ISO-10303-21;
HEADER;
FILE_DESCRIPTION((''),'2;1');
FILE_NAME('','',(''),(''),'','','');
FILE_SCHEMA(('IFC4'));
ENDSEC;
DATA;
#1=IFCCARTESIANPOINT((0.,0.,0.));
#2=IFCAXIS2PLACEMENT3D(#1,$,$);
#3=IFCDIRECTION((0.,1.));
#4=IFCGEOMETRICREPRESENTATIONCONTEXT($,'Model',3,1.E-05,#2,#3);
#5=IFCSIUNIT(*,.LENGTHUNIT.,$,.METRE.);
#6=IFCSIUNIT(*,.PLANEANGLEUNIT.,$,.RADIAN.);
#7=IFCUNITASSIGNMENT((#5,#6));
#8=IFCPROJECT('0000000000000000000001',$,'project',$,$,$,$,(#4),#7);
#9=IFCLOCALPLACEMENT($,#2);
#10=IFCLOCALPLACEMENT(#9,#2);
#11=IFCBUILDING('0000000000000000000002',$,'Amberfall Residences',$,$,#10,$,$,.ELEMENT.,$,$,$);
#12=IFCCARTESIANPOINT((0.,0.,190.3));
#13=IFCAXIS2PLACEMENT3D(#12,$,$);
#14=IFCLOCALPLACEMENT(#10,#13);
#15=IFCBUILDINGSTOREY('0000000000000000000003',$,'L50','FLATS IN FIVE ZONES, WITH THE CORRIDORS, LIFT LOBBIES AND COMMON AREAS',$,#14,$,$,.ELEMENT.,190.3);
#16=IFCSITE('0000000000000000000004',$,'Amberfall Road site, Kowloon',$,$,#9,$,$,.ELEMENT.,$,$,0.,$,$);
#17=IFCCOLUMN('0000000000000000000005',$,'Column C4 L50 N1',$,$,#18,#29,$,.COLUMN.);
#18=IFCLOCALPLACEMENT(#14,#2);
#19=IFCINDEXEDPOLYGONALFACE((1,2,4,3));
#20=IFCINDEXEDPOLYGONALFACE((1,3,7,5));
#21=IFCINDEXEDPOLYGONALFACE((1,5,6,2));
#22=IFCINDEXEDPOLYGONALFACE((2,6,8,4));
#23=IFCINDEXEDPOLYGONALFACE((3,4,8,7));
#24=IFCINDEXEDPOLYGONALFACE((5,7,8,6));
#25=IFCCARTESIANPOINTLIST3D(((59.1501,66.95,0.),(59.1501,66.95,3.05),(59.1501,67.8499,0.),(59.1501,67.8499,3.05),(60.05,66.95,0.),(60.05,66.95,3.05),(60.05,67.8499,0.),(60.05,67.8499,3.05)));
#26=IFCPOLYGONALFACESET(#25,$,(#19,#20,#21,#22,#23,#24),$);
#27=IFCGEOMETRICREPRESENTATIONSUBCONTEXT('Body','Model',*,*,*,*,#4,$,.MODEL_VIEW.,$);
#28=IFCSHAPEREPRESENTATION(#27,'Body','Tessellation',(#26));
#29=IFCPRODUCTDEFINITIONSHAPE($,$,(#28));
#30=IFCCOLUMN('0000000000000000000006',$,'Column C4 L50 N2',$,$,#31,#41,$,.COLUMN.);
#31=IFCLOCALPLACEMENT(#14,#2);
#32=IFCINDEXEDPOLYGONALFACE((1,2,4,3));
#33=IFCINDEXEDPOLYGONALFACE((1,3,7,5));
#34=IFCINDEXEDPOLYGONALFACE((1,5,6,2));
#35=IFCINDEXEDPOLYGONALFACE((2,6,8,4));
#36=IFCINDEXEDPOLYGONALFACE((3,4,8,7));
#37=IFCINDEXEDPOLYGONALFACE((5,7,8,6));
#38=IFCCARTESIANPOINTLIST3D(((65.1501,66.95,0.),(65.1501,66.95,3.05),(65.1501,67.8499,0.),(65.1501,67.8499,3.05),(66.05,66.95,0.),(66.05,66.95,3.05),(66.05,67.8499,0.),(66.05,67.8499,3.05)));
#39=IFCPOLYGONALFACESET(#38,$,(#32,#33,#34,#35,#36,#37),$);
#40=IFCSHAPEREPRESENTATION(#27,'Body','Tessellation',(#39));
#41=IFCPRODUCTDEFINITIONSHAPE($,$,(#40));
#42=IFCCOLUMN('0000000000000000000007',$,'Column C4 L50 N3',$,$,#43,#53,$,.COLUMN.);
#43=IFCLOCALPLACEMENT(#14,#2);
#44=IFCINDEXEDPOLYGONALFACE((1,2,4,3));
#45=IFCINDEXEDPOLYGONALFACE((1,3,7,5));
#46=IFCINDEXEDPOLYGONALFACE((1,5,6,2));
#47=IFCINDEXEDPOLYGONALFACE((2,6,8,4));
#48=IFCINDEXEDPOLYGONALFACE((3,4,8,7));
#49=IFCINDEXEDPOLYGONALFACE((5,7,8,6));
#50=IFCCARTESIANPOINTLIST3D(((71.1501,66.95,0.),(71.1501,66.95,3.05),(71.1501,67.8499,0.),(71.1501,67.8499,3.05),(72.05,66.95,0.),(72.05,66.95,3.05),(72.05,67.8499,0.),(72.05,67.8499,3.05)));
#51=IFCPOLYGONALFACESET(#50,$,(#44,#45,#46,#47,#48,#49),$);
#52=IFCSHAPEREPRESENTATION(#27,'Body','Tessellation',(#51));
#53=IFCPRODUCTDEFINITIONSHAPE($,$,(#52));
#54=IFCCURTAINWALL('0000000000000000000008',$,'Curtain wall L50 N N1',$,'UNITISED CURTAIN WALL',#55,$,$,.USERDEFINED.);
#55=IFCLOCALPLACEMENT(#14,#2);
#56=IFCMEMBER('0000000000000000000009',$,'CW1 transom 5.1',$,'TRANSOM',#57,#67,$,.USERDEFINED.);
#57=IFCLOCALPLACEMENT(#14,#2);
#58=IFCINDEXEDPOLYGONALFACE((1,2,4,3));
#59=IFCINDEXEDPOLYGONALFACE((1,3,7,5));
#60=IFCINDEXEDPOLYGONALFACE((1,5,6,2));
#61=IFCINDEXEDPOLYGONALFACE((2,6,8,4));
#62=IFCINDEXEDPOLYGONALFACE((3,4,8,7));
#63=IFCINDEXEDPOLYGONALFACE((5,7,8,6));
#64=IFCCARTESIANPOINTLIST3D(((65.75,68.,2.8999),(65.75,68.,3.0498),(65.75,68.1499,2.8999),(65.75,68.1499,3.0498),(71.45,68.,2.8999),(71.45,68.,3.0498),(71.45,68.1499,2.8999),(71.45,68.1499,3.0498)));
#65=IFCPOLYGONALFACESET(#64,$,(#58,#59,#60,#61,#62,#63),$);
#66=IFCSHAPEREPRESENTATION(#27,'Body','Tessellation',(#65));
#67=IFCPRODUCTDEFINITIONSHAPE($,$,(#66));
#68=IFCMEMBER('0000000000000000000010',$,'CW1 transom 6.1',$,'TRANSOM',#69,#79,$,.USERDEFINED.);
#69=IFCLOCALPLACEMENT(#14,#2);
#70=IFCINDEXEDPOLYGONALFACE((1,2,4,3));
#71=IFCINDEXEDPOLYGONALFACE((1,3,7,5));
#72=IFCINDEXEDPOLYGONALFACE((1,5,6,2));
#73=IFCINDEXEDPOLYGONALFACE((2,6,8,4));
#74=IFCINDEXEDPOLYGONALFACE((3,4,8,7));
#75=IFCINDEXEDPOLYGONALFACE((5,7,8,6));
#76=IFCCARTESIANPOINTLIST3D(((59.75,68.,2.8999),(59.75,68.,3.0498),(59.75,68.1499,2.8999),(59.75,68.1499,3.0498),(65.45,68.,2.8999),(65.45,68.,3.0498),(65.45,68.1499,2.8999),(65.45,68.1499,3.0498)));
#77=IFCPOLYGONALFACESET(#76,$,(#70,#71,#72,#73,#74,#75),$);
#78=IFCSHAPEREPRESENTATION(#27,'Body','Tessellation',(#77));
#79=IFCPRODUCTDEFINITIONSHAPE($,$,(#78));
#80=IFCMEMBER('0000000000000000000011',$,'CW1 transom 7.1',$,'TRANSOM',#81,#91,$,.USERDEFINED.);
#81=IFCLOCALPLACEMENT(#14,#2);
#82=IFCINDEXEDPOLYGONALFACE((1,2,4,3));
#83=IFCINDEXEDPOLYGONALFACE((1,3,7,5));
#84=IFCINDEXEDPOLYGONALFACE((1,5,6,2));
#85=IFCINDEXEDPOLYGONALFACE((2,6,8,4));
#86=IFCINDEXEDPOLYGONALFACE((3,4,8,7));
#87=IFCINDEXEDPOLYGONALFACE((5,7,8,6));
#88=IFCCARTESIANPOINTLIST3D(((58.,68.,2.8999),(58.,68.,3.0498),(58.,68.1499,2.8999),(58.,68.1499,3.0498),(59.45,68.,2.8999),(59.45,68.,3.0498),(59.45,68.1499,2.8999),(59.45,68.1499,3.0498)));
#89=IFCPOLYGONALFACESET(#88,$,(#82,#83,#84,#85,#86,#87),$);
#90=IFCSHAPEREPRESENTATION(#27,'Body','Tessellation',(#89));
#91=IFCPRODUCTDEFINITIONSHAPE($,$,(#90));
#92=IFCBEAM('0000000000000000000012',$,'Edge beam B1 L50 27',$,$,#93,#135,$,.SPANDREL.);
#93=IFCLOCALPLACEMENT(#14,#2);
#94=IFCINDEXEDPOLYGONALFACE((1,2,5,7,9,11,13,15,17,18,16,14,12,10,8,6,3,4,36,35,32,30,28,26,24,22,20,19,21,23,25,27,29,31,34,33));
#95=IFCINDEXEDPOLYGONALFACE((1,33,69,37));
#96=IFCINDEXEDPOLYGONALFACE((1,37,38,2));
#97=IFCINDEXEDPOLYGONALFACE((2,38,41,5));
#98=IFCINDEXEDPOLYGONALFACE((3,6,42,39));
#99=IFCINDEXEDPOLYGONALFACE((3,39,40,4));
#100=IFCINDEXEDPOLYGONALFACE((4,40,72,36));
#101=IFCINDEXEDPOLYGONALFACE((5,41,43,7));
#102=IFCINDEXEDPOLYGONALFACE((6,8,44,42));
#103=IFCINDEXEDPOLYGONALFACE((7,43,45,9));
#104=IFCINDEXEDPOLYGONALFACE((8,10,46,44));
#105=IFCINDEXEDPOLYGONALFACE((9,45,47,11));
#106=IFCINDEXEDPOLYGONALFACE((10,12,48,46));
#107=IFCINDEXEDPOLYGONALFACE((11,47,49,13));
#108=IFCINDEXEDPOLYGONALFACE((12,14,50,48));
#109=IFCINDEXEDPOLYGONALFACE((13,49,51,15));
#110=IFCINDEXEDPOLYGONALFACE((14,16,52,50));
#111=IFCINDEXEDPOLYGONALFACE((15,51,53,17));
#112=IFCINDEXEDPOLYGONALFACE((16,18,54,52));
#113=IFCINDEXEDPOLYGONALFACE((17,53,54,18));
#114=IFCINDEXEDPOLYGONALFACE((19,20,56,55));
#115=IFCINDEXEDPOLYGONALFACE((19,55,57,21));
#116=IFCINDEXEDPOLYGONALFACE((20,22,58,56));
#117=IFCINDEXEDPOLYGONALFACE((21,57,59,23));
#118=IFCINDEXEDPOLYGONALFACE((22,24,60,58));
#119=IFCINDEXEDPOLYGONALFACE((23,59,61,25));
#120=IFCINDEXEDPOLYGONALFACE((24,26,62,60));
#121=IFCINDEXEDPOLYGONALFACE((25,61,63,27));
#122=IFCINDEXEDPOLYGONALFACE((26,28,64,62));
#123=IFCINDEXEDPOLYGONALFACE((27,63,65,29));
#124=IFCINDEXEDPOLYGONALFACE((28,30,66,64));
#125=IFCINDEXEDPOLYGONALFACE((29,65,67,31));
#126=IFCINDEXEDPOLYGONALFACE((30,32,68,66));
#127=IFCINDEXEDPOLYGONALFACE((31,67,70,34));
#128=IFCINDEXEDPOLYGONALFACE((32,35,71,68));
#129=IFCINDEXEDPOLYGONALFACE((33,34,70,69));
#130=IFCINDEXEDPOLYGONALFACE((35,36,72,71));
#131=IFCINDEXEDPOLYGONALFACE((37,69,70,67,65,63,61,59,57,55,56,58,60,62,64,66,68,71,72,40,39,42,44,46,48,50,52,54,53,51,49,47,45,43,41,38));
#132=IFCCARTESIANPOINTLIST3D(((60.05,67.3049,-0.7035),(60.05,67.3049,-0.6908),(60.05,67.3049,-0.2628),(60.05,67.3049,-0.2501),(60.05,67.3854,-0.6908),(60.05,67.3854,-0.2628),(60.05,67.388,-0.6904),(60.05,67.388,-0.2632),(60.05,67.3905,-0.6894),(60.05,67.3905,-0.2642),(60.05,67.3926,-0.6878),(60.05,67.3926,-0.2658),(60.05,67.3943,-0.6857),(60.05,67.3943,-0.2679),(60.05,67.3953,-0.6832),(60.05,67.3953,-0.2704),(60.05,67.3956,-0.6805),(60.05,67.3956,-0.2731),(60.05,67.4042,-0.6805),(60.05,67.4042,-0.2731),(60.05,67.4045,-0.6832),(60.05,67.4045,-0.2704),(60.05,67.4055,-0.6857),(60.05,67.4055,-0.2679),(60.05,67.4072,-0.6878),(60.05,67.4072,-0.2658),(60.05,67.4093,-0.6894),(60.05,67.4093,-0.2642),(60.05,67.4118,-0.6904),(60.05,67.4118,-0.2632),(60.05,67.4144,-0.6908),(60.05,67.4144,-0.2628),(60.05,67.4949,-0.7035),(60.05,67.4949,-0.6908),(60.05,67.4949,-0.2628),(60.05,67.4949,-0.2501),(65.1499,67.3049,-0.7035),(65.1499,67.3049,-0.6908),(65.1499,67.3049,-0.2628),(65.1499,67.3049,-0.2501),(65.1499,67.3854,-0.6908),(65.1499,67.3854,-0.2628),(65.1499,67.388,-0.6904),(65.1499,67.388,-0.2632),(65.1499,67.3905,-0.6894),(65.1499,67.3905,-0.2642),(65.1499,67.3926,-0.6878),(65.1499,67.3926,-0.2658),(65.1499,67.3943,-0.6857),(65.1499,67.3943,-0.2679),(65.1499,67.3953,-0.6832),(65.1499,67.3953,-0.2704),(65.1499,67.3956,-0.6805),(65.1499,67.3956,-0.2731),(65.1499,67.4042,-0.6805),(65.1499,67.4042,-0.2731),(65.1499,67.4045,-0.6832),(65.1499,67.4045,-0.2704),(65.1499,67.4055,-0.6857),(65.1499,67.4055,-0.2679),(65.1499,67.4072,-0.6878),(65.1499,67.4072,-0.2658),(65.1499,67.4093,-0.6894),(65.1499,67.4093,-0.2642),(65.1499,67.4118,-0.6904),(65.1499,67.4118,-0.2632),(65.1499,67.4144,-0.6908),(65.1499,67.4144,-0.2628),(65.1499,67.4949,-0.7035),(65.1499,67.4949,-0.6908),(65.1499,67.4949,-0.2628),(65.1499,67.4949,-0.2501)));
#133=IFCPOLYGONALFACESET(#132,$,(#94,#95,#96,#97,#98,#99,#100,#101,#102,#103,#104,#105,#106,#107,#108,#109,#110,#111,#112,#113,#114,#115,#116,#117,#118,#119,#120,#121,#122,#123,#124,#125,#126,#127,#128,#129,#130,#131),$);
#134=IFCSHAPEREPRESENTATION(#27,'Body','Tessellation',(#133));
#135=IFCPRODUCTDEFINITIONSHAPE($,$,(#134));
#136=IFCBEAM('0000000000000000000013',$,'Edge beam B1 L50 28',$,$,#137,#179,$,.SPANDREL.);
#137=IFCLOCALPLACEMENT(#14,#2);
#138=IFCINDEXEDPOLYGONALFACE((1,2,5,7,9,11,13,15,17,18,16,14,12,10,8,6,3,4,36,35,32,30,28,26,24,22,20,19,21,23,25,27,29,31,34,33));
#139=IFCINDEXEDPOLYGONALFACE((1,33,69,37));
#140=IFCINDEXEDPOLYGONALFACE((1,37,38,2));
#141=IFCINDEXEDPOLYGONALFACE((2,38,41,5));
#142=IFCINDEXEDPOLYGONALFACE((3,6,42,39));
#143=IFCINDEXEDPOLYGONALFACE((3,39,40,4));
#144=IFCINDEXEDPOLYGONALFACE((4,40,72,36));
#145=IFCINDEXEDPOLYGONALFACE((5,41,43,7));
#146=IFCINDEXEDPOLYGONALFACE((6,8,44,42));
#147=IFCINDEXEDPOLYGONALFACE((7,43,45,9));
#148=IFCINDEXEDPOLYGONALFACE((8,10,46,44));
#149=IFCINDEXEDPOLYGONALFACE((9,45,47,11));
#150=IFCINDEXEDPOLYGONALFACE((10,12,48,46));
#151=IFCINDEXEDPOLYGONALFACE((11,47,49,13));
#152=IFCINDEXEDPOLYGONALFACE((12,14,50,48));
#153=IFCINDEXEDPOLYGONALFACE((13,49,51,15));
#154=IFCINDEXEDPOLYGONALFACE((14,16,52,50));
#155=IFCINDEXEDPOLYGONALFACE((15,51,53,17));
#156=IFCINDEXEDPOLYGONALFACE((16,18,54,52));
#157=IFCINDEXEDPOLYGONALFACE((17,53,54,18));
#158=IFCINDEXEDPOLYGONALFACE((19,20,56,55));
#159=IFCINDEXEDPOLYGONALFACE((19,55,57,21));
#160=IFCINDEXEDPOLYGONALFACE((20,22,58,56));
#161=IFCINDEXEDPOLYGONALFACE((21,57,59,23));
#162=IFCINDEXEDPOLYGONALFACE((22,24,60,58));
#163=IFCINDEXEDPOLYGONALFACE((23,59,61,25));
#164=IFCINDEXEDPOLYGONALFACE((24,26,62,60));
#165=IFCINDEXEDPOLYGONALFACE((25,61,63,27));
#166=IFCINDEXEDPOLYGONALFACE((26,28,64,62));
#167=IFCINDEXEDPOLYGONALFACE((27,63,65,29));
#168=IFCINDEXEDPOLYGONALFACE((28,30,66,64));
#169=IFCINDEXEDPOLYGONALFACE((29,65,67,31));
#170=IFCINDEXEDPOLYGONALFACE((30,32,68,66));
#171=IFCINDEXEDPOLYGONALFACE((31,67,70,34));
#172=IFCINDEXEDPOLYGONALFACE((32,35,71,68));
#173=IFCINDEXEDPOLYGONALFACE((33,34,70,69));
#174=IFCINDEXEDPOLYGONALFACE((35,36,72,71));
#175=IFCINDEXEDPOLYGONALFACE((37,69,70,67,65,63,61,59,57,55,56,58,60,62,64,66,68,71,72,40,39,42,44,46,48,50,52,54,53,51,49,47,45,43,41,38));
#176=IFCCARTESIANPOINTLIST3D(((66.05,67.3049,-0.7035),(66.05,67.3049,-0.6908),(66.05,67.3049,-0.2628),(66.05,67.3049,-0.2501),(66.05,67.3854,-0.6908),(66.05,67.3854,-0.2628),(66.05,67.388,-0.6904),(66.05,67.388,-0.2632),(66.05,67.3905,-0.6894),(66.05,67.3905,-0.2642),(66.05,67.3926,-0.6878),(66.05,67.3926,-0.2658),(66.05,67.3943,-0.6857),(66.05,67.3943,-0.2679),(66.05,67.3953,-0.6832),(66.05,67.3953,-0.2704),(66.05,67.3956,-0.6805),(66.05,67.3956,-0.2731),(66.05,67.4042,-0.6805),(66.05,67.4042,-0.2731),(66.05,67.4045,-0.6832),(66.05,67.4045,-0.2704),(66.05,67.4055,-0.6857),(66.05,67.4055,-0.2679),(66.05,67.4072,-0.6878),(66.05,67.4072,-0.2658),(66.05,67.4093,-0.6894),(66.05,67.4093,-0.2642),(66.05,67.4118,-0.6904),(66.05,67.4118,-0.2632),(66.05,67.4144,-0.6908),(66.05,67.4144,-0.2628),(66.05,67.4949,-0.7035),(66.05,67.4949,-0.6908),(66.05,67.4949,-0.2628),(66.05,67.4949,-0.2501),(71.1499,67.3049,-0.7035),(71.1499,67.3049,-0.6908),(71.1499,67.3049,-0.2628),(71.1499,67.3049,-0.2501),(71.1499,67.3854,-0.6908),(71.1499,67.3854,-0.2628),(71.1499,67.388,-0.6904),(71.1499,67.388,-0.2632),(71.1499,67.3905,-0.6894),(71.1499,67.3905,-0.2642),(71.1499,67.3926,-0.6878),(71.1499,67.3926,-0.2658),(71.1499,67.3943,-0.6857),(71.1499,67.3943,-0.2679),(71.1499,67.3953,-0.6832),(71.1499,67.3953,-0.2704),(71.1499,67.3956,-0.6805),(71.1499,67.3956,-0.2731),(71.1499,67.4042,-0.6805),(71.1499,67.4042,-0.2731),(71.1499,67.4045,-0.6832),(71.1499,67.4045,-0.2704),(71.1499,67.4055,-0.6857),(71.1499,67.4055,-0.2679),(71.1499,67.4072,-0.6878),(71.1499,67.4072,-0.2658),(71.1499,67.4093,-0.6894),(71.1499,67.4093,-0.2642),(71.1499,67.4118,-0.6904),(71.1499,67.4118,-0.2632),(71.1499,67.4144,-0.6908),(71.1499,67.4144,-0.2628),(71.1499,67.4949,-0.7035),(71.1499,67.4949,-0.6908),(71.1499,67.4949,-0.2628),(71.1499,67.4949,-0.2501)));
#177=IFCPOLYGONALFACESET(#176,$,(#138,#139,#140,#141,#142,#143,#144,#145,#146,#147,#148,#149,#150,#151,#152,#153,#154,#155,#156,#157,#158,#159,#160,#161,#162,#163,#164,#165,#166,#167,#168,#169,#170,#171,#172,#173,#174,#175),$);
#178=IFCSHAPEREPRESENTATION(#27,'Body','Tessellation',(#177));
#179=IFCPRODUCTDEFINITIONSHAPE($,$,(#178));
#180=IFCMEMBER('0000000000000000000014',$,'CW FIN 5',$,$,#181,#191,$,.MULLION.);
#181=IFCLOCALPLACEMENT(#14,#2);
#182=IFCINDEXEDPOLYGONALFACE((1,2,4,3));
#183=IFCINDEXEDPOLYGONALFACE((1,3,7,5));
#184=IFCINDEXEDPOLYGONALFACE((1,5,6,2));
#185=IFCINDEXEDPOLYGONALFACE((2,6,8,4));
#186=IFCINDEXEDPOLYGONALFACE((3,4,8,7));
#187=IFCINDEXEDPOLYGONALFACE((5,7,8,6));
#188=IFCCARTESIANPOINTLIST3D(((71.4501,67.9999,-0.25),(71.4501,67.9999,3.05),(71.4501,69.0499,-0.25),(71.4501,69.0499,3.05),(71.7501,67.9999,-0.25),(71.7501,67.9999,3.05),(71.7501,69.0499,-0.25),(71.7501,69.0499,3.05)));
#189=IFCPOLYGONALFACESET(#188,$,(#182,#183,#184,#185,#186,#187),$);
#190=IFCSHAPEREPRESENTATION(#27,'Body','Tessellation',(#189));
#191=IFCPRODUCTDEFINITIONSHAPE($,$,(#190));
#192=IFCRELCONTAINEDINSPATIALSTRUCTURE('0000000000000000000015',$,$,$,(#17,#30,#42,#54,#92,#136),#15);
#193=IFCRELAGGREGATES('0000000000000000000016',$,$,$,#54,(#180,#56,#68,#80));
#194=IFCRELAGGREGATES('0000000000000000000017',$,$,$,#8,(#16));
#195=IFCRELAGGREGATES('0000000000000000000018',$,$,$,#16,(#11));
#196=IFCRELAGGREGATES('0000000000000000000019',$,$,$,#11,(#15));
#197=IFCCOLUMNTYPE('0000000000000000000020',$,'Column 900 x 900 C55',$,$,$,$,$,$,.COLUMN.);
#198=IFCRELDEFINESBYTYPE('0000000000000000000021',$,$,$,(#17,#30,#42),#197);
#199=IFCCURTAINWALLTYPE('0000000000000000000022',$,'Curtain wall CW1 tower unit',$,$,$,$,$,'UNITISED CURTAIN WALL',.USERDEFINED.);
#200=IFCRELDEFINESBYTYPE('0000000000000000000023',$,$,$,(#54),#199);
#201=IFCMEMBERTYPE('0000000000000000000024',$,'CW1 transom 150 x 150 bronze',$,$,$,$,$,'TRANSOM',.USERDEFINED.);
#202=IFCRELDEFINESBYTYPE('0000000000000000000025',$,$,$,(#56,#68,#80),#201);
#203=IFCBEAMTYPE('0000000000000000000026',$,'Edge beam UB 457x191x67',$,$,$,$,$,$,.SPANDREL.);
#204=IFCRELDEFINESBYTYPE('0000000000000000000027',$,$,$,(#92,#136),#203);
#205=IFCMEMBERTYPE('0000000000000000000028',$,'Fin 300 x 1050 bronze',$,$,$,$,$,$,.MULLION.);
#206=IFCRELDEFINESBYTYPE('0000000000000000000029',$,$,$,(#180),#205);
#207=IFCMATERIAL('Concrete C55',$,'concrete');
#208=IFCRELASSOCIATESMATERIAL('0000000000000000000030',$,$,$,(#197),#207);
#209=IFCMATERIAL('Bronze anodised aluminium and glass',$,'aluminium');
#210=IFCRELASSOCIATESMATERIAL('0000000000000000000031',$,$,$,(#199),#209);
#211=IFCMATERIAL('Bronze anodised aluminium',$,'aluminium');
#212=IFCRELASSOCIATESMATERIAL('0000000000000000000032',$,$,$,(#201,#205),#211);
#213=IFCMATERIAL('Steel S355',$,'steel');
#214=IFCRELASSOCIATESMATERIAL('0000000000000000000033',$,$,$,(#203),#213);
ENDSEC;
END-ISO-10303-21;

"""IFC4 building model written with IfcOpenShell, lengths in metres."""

from ifc_helpers import new_model, si_unit, direction, frame, origin, origin_2d, place, context, subcontext, project, spatial, rectangle, i_section, extrude, material, material_profile, profile_set, type_object, element, aggregate, save


model = new_model("IFC4")

# Units and contexts
model_context = context("Model", 3, precision=1e-05, world=origin(), true_north=direction((0.0, 1.0)))
body_context = subcontext(model_context, "Body", "Model", "MODEL_VIEW")
ifc_project = project(units=[si_unit("LENGTHUNIT", "METRE"), si_unit("PLANEANGLEUNIT", "RADIAN")], contexts=[model_context])

# Site, building, storey
site_placement = place(None, origin())
site = spatial("IfcSite", under=ifc_project, at=site_placement, Name="Amberfall Road site, Kowloon", CompositionType="ELEMENT", RefElevation=0.0)
building_placement = place(site_placement, origin())
building = spatial("IfcBuilding", under=site, at=building_placement, Name="Amberfall Residences", CompositionType="ELEMENT")
storey_placement = place(building_placement, frame((0.0, 0.0, 190.3)))
storey = spatial("IfcBuildingStorey", under=building, at=storey_placement, Name="L50", Description="FLATS IN FIVE ZONES, WITH THE CORRIDORS, LIFT LOBBIES AND COMMON AREAS", CompositionType="ELEMENT", Elevation=190.3)

# Columns
ifc_material_1 = material(Name="Concrete C55", Category="concrete")
ifc_material_profile_1 = material_profile(ifc_material_1, rectangle(XDim=0.8999, YDim=0.8999, at=origin_2d()), Name="Column 900 x 900 C55")
ifc_profile_set_1 = profile_set([ifc_material_profile_1], Name="Concrete C55")
column_type = type_object("IfcColumnType", Name="Column 900 x 900 C55", PredefinedType="COLUMN", material=ifc_profile_set_1)
for number, where, z_axis, x_axis, name in (
    (1, (59.6001, 67.3999, 0.0), (0.0, 0.0, 1.0), (1.0, 0.0, 0.0), "Column C4 L50 N1"),
    (2, (65.6001, 67.3999, 0.0), (0.0, 0.0, 1.0), (1.0, 0.0, 0.0), "Column C4 L50 N2"),
    (3, (71.6001, 67.3999, 0.0), (0.0, 0.0, 1.0), (1.0, 0.0, 0.0), "Column C4 L50 N3"),
):
    element("IfcColumn", number, at=place(storey_placement, frame(where, z_axis=z_axis, x_axis=x_axis)), inside=storey, type_object=column_type, Name=name, PredefinedType="COLUMN", context=body_context, shape_type="SweptSolid", body=[
        extrude(rectangle(XDim=0.8999, YDim=0.8999, at=origin_2d()), origin(), (0.0, 0.0, 1.0), 3.05),
    ])

# Curtain wall, members
ifc_material_2 = material(Name="Bronze anodised aluminium and glass", Category="aluminium")
curtain_wall_type = type_object("IfcCurtainWallType", Name="Curtain wall CW1 tower unit", ElementType="UNITISED CURTAIN WALL", PredefinedType="USERDEFINED", material=ifc_material_2)
curtain_wall_placement = place(storey_placement, origin())
curtain_wall = element("IfcCurtainWall", 4, at=curtain_wall_placement, inside=storey, type_object=curtain_wall_type, Name="Curtain wall L50 N N1", ObjectType="UNITISED CURTAIN WALL", PredefinedType="USERDEFINED")
ifc_material_3 = material(Name="Bronze anodised aluminium", Category="aluminium")
ifc_material_profile_2 = material_profile(ifc_material_3, rectangle(XDim=0.1499, YDim=0.1499, at=origin_2d()), Name="CW1 transom 150 x 150 bronze")
ifc_profile_set_2 = profile_set([ifc_material_profile_2], Name="Bronze anodised aluminium")
member_type_1 = type_object("IfcMemberType", Name="CW1 transom 150 x 150 bronze", ElementType="TRANSOM", PredefinedType="USERDEFINED", material=ifc_profile_set_2)
member_1_placement = place(storey_placement, frame((71.45, 68.075, 2.9749), z_axis=(-1.0, 0.0, 0.0), x_axis=(0.0, -1.0, 0.0)))
member_1 = element("IfcMember", 5, at=member_1_placement, type_object=member_type_1, Name="CW1 transom 5.1", ObjectType="TRANSOM", PredefinedType="USERDEFINED", context=body_context, shape_type="SweptSolid", body=[
    extrude(rectangle(XDim=0.1499, YDim=0.1499, at=origin_2d()), origin(), (0.0, 0.0, 1.0), 5.7),
])
member_2_placement = place(storey_placement, frame((65.45, 68.075, 2.9749), z_axis=(-1.0, 0.0, 0.0), x_axis=(0.0, -1.0, 0.0)))
member_2 = element("IfcMember", 6, at=member_2_placement, type_object=member_type_1, Name="CW1 transom 6.1", ObjectType="TRANSOM", PredefinedType="USERDEFINED", context=body_context, shape_type="SweptSolid", body=[
    extrude(rectangle(XDim=0.1499, YDim=0.1499, at=origin_2d()), origin(), (0.0, 0.0, 1.0), 5.7),
])
member_3_placement = place(storey_placement, frame((59.45, 68.075, 2.9749), z_axis=(-1.0, 0.0, 0.0), x_axis=(0.0, -1.0, 0.0)))
member_3 = element("IfcMember", 7, at=member_3_placement, type_object=member_type_1, Name="CW1 transom 7.1", ObjectType="TRANSOM", PredefinedType="USERDEFINED", context=body_context, shape_type="SweptSolid", body=[
    extrude(rectangle(XDim=0.1499, YDim=0.1499, at=origin_2d()), origin(), (0.0, 0.0, 1.0), 1.45),
])

# Beams
ifc_material_4 = material(Name="Steel S355", Category="steel")
ifc_material_profile_3 = material_profile(ifc_material_4, i_section(OverallWidth=0.1899, OverallDepth=0.4534, WebThickness=0.0085, FlangeThickness=0.0127, FilletRadius=0.0103, at=origin_2d()), Name="UB 457x191x67")
ifc_profile_set_3 = profile_set([ifc_material_profile_3], Name="Steel S355")
beam_type_1 = type_object("IfcBeamType", Name="Edge beam UB 457x191x67", PredefinedType="SPANDREL", material=ifc_profile_set_3)
for number, where, z_axis, x_axis, name in (
    (8, (60.05, 67.3999, -0.4768), (1.0, 0.0, 0.0), (0.0, 1.0, 0.0), "Edge beam B1 L50 27"),
    (9, (66.05, 67.3999, -0.4768), (1.0, 0.0, 0.0), (0.0, 1.0, 0.0), "Edge beam B1 L50 28"),
):
    element("IfcBeam", number, at=place(storey_placement, frame(where, z_axis=z_axis, x_axis=x_axis)), inside=storey, type_object=beam_type_1, Name=name, PredefinedType="SPANDREL", context=body_context, shape_type="SweptSolid", body=[
        extrude(i_section(OverallWidth=0.1899, OverallDepth=0.4534, WebThickness=0.0085, FlangeThickness=0.0127, FilletRadius=0.0103, at=origin_2d()), origin(), (0.0, 0.0, 1.0), 5.0999),
    ])

# Member
ifc_material_profile_4 = material_profile(ifc_material_3, rectangle(XDim=1.05, YDim=0.3, at=origin_2d()), Name="Fin 300 x 1050 bronze")
ifc_profile_set_4 = profile_set([ifc_material_profile_4], Name="Bronze anodised aluminium")
member_type_2 = type_object("IfcMemberType", Name="Fin 300 x 1050 bronze", PredefinedType="MULLION", material=ifc_profile_set_4)
member_4_placement = place(storey_placement, frame((71.6001, 68.5249, -0.25), z_axis=(0.0, 0.0, 1.0), x_axis=(0.0, -1.0, 0.0)))
member_4 = element("IfcMember", 10, at=member_4_placement, type_object=member_type_2, Name="CW FIN 5", PredefinedType="MULLION", context=body_context, shape_type="SweptSolid", body=[
    extrude(rectangle(XDim=1.05, YDim=0.3, at=origin_2d()), origin(), (0.0, 0.0, 1.0), 3.3),
])

aggregate(curtain_wall, [member_4, member_1, member_2, member_3])

save(model, "model.ifc")
